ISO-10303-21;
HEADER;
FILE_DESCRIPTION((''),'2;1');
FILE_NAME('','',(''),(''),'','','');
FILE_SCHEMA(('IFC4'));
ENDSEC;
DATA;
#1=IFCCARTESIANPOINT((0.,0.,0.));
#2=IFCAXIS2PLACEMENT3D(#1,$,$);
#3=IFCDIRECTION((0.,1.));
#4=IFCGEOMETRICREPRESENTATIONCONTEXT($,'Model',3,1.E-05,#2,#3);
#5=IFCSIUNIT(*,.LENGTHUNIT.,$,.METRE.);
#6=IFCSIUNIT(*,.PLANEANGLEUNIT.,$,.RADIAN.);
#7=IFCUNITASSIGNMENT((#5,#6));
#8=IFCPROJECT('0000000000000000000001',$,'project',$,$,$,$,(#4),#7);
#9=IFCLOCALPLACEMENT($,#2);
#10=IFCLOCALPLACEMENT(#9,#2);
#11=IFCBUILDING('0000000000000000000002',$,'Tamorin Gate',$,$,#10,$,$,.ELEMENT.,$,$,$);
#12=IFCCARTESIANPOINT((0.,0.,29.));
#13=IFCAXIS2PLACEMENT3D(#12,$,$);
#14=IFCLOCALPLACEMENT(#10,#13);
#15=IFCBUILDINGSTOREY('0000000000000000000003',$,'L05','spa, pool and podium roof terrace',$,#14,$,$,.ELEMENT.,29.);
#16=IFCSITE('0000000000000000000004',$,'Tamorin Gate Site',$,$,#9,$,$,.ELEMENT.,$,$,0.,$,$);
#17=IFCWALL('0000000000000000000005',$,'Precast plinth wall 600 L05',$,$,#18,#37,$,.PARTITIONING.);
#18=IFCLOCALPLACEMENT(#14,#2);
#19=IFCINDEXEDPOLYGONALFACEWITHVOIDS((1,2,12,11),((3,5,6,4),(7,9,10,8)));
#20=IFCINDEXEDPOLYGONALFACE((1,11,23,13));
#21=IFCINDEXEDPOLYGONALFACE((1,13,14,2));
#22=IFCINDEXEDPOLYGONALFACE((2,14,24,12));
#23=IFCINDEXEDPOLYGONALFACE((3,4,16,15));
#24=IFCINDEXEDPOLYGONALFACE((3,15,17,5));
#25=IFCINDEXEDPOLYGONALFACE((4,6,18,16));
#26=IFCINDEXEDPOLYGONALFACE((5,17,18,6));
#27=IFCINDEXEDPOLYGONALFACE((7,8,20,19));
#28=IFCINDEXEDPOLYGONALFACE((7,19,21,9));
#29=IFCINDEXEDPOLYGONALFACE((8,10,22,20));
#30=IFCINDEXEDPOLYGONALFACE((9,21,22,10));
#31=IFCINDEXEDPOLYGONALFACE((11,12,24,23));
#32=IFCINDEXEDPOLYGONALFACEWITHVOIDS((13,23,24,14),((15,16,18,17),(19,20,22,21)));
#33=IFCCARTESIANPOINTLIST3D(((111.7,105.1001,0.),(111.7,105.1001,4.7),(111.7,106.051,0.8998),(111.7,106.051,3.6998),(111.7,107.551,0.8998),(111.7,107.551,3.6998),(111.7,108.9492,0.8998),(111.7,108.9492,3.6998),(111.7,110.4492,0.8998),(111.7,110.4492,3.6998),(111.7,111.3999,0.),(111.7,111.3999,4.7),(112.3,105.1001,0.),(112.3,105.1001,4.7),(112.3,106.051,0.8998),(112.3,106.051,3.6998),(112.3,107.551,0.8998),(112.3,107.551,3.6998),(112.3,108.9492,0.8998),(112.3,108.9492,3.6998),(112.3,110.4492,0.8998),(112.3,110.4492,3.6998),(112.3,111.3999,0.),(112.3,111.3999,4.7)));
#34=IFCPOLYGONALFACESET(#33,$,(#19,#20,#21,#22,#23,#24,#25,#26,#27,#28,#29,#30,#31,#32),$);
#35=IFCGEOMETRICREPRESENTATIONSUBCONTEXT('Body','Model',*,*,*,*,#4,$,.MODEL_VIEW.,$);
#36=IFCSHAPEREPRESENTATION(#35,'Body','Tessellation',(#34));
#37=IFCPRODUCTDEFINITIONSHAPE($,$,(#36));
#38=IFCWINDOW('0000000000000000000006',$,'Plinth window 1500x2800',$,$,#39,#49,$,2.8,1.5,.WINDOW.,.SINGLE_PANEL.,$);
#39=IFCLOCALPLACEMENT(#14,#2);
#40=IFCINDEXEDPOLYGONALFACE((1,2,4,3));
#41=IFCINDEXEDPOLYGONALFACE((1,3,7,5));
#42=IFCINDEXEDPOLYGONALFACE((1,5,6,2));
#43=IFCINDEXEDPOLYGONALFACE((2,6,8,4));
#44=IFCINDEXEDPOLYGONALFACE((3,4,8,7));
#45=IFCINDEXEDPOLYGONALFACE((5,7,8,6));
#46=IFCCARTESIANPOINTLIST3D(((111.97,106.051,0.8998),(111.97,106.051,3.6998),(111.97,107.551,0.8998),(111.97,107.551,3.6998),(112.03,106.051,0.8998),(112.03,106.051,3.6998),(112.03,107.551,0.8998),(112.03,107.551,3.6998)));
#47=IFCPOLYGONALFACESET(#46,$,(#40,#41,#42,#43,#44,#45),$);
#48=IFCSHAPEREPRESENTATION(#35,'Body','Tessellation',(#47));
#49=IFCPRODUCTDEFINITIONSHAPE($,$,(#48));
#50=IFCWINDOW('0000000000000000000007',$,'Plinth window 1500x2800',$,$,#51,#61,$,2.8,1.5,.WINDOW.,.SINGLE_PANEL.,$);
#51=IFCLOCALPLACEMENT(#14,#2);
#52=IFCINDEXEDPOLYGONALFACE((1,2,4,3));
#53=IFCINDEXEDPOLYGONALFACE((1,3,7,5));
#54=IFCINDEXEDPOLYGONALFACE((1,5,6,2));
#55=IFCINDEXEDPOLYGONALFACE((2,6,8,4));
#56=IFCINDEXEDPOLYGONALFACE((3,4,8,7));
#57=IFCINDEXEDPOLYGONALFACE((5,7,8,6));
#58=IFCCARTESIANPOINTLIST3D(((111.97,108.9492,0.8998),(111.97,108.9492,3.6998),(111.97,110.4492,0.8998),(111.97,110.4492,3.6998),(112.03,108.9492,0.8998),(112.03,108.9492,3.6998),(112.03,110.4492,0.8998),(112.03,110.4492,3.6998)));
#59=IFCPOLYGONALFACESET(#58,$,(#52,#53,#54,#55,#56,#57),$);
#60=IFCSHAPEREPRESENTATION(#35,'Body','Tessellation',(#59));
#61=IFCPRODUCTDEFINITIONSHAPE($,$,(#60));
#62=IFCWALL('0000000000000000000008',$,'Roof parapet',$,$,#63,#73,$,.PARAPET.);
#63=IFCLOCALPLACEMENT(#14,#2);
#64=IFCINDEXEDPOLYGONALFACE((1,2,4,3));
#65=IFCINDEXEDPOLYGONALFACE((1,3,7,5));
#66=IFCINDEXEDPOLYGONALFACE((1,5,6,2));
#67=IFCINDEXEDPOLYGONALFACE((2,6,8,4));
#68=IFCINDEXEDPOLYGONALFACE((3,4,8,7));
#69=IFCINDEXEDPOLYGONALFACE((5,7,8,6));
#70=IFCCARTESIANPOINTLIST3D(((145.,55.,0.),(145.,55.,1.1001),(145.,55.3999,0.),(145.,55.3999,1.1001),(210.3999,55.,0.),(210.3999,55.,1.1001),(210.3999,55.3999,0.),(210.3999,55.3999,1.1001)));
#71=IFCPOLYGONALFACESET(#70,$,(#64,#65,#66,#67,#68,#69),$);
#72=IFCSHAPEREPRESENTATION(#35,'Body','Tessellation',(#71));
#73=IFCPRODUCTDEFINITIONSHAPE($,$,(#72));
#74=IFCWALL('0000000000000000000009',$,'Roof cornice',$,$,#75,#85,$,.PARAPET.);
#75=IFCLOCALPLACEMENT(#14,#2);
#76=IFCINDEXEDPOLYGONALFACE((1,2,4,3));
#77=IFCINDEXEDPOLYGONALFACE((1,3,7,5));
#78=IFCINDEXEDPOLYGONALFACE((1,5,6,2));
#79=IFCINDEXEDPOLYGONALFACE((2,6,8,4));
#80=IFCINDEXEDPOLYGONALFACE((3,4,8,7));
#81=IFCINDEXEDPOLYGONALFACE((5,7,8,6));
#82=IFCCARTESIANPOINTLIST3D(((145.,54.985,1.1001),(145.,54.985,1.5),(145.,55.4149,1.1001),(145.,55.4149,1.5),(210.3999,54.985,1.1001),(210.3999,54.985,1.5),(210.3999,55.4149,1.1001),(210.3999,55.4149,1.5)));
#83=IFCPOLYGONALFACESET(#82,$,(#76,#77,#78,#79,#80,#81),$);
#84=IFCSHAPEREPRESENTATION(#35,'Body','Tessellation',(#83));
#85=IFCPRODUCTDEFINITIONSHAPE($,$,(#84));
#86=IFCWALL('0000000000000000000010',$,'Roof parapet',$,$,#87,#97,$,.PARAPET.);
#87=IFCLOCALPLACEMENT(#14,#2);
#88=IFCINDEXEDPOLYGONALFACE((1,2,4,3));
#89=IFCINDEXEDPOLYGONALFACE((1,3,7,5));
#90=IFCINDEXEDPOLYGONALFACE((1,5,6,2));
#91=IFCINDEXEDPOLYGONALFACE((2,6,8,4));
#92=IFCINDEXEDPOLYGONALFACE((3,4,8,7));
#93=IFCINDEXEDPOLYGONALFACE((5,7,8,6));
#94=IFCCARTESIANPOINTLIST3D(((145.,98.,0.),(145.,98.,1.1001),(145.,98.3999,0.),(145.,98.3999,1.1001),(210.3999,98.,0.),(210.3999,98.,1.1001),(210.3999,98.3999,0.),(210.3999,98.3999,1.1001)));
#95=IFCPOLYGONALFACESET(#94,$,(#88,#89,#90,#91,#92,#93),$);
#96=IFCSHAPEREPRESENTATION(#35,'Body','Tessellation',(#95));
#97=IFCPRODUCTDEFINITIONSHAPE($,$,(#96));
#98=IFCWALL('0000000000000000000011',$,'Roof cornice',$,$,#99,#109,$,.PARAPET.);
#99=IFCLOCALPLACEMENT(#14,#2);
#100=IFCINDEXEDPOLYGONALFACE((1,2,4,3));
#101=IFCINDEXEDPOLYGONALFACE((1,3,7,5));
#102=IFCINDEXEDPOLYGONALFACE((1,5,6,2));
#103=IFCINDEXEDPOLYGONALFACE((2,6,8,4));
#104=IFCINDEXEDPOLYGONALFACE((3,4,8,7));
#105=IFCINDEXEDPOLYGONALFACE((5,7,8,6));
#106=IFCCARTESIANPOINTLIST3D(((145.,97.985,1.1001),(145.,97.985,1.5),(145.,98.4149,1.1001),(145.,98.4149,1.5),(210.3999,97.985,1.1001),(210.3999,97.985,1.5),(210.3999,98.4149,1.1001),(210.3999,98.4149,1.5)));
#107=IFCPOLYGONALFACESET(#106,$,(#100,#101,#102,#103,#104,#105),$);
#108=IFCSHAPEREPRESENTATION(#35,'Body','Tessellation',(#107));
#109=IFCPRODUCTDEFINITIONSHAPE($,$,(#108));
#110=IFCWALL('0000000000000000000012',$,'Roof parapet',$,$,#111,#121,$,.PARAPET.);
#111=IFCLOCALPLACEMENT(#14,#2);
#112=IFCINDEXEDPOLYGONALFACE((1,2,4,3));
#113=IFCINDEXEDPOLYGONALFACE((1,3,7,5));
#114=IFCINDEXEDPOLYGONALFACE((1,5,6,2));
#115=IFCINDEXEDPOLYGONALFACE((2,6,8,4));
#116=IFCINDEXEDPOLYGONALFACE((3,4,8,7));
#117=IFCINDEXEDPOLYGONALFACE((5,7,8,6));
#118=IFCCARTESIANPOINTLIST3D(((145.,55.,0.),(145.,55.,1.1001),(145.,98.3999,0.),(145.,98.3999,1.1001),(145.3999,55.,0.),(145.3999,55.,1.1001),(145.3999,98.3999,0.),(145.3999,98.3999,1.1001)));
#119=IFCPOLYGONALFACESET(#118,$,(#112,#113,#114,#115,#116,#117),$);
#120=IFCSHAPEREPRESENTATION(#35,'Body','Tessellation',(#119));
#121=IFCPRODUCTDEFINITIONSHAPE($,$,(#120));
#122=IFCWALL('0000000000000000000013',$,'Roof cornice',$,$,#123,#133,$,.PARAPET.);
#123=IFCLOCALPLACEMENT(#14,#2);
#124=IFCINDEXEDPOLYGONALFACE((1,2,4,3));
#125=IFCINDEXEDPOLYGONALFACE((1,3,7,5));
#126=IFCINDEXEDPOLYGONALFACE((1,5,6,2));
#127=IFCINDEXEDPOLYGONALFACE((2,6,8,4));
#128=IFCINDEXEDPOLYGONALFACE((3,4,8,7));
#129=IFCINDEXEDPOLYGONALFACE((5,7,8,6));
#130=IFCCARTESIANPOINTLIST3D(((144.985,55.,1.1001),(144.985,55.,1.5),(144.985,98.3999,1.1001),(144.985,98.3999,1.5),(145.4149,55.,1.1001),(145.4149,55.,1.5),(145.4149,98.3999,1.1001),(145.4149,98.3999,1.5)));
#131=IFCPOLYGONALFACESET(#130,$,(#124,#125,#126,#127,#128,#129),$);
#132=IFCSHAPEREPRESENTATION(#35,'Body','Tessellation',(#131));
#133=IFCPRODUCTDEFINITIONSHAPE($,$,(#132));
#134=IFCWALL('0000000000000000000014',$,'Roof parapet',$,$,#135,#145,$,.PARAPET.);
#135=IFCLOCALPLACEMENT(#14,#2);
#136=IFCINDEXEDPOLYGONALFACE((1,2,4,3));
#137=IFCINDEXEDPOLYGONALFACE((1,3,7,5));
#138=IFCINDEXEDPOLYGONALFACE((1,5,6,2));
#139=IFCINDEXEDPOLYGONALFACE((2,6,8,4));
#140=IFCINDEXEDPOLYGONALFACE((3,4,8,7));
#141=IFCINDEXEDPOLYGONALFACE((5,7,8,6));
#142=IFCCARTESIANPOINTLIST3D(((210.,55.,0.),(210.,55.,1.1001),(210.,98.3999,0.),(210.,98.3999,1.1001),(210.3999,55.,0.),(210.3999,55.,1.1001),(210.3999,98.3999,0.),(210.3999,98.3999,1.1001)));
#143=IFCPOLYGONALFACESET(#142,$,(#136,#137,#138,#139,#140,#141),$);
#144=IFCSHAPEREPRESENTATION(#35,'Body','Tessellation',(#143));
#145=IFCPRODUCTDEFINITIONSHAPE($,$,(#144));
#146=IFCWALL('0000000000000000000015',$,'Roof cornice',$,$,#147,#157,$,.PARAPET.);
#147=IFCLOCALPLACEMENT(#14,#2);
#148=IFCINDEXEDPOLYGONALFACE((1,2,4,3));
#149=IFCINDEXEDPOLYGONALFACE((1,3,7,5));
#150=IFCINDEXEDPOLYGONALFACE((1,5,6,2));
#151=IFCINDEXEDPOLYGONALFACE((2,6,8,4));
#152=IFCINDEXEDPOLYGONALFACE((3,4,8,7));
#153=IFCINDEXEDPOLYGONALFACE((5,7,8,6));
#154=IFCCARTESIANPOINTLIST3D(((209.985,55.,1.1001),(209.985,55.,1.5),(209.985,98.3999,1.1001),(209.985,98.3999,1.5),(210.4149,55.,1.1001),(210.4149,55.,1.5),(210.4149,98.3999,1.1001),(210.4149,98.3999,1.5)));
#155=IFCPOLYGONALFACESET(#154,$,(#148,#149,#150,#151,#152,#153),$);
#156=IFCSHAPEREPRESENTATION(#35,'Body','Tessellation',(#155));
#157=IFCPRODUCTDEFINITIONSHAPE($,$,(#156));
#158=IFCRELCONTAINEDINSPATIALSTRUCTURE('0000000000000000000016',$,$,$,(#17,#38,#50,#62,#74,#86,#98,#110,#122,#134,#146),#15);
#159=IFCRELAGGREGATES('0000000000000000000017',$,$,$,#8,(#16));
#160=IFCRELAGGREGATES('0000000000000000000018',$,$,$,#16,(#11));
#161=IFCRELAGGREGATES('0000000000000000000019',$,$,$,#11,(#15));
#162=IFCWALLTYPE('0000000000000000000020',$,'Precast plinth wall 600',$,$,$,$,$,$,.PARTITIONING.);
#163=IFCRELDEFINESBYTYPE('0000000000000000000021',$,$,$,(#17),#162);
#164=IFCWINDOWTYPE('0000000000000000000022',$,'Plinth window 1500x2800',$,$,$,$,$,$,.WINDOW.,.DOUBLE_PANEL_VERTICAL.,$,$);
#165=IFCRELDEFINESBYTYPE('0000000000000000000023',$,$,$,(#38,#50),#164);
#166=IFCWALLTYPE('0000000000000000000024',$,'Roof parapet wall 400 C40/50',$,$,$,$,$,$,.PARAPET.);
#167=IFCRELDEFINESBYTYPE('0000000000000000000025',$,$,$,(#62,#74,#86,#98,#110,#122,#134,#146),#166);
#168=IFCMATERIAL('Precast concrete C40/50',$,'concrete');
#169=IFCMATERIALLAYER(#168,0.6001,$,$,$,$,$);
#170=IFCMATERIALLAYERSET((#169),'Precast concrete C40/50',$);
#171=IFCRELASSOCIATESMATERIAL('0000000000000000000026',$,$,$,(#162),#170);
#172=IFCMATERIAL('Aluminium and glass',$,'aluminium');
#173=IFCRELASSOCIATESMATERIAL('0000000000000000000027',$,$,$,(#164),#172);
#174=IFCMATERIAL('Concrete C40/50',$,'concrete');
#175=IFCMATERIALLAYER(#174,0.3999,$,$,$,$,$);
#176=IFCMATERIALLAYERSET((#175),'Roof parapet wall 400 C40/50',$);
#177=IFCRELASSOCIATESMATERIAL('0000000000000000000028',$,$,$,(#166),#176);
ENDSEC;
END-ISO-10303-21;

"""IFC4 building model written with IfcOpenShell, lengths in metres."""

from ifc_helpers import new_model, si_unit, direction, frame, frame_2d, origin, place, context, subcontext, project, spatial, rectangle, extrude, material, layer, layer_set, type_object, element, fill, save


model = new_model("IFC4")

# Units and contexts
model_context = context("Model", 3, precision=1e-05, world=origin(), true_north=direction((0.0, 1.0)))
body_context = subcontext(model_context, "Body", "Model", "MODEL_VIEW")
ifc_project = project(units=[si_unit("LENGTHUNIT", "METRE"), si_unit("PLANEANGLEUNIT", "RADIAN")], contexts=[model_context])

# Site, building, storey
site_placement = place(None, origin())
site = spatial("IfcSite", under=ifc_project, at=site_placement, Name="Tamorin Gate Site", CompositionType="ELEMENT", RefElevation=0.0)
building_placement = place(site_placement, origin())
building = spatial("IfcBuilding", under=site, at=building_placement, Name="Tamorin Gate", CompositionType="ELEMENT")
storey_placement = place(building_placement, frame((0.0, 0.0, 29.0)))
storey = spatial("IfcBuildingStorey", under=building, at=storey_placement, Name="L05", Description="spa, pool and podium roof terrace", CompositionType="ELEMENT", Elevation=29.0)

# Shared definitions
ifc_material_1 = material(Name="Concrete C40/50", Category="concrete")
ifc_material_2 = material(Name="Precast concrete C40/50", Category="concrete")
ifc_layer_1 = layer(ifc_material_2, 0.6001)
ifc_layer_set_1 = layer_set([ifc_layer_1], Name="Precast concrete C40/50")
wall_type_1 = type_object("IfcWallType", Name="Precast plinth wall 600", PredefinedType="PARTITIONING", material=ifc_layer_set_1)

# Shared definitions
ifc_material_3 = material(Name="Aluminium and glass", Category="aluminium")
window_type = type_object("IfcWindowType", Name="Plinth window 1500x2800", PartitioningType="DOUBLE_PANEL_VERTICAL", PredefinedType="WINDOW", material=ifc_material_3)

# Wall, openings, windows
wall_1_placement = place(storey_placement, frame((112.0, 105.1001, 0.0), z_axis=(0.0, 0.0, 1.0), x_axis=(0.0, 1.0, 0.0)))
wall_1 = element("IfcWall", 1, at=wall_1_placement, inside=storey, type_object=wall_type_1, Name="Precast plinth wall 600 L05", PredefinedType="PARTITIONING", context=body_context, shape_type="SweptSolid", body=[
    extrude(rectangle(XDim=6.2998, YDim=0.6001, at=frame_2d((3.1499, 0.0))), origin(), (0.0, 0.0, 1.0), 4.7),
])
opening_1_placement = place(wall_1_placement, frame((0.9509, 0.0, 0.8999)))
opening_1 = element("IfcOpeningElement", 2, at=opening_1_placement, cuts=wall_1, PredefinedType="OPENING", context=body_context, shape_type="SweptSolid", body=[
    extrude(rectangle(XDim=1.5, YDim=2.8, at=frame_2d((0.75, 1.3999))), frame((0.0, 0.3101, 0.0), z_axis=(0.0, -1.0, 0.0), x_axis=(1.0, 0.0, 0.0)), (0.0, 0.0, 1.0), 0.6201),
])
opening_2_placement = place(wall_1_placement, frame((3.8491, 0.0, 0.8999)))
opening_2 = element("IfcOpeningElement", 3, at=opening_2_placement, cuts=wall_1, PredefinedType="OPENING", context=body_context, shape_type="SweptSolid", body=[
    extrude(rectangle(XDim=1.5, YDim=2.8, at=frame_2d((0.75, 1.3999))), frame((0.0, 0.3101, 0.0), z_axis=(0.0, -1.0, 0.0), x_axis=(1.0, 0.0, 0.0)), (0.0, 0.0, 1.0), 0.6201),
])
window_1_placement = place(opening_1_placement, origin())
window_1 = element("IfcWindow", 4, at=window_1_placement, inside=storey, type_object=window_type, Name="Plinth window 1500x2800", OverallHeight=2.8, OverallWidth=1.5, PartitioningType="SINGLE_PANEL", PredefinedType="WINDOW", context=body_context, shape_type="SweptSolid", body=[
    extrude(rectangle(XDim=1.5, YDim=2.8, at=frame_2d((0.75, 1.3999))), frame((0.0, 0.03, 0.0), z_axis=(0.0, -1.0, 0.0), x_axis=(1.0, 0.0, 0.0)), (0.0, 0.0, 1.0), 0.0601),
])
fill(opening_1, window_1)
window_2_placement = place(opening_2_placement, origin())
window_2 = element("IfcWindow", 5, at=window_2_placement, inside=storey, type_object=window_type, Name="Plinth window 1500x2800", OverallHeight=2.8, OverallWidth=1.5, PartitioningType="SINGLE_PANEL", PredefinedType="WINDOW", context=body_context, shape_type="SweptSolid", body=[
    extrude(rectangle(XDim=1.5, YDim=2.8, at=frame_2d((0.75, 1.3999))), frame((0.0, 0.03, 0.0), z_axis=(0.0, -1.0, 0.0), x_axis=(1.0, 0.0, 0.0)), (0.0, 0.0, 1.0), 0.0601),
])
fill(opening_2, window_2)

# Walls
ifc_layer_2 = layer(ifc_material_1, 0.3999)
ifc_layer_set_2 = layer_set([ifc_layer_2], Name="Roof parapet wall 400 C40/50")
wall_type_2 = type_object("IfcWallType", Name="Roof parapet wall 400 C40/50", PredefinedType="PARAPET", material=ifc_layer_set_2)
wall_2_placement = place(storey_placement, frame((145.0, 55.2, 0.0), z_axis=(0.0, 0.0, 1.0), x_axis=(1.0, 0.0, 0.0)))
element("IfcWall", 6, at=wall_2_placement, inside=storey, type_object=wall_type_2, Name="Roof parapet", PredefinedType="PARAPET", context=body_context, shape_type="SweptSolid", body=[
    extrude(rectangle(XDim=65.3999, YDim=0.3999, at=frame_2d((32.7, 0.0))), origin(), (0.0, 0.0, 1.0), 1.1001),
])
wall_3_placement = place(storey_placement, frame((145.0, 55.2, 1.1001), z_axis=(0.0, 0.0, 1.0), x_axis=(1.0, 0.0, 0.0)))
element("IfcWall", 7, at=wall_3_placement, inside=storey, type_object=wall_type_2, Name="Roof cornice", PredefinedType="PARAPET", context=body_context, shape_type="SweptSolid", body=[
    extrude(rectangle(XDim=65.3999, YDim=0.4299, at=frame_2d((32.7, 0.0))), origin(), (0.0, 0.0, 1.0), 0.3999),
])
wall_4_placement = place(storey_placement, frame((145.0, 98.2, 0.0), z_axis=(0.0, 0.0, 1.0), x_axis=(1.0, 0.0, 0.0)))
element("IfcWall", 8, at=wall_4_placement, inside=storey, type_object=wall_type_2, Name="Roof parapet", PredefinedType="PARAPET", context=body_context, shape_type="SweptSolid", body=[
    extrude(rectangle(XDim=65.3999, YDim=0.3999, at=frame_2d((32.7, 0.0))), origin(), (0.0, 0.0, 1.0), 1.1001),
])
wall_5_placement = place(storey_placement, frame((145.0, 98.2, 1.1001), z_axis=(0.0, 0.0, 1.0), x_axis=(1.0, 0.0, 0.0)))
element("IfcWall", 9, at=wall_5_placement, inside=storey, type_object=wall_type_2, Name="Roof cornice", PredefinedType="PARAPET", context=body_context, shape_type="SweptSolid", body=[
    extrude(rectangle(XDim=65.3999, YDim=0.4299, at=frame_2d((32.7, 0.0))), origin(), (0.0, 0.0, 1.0), 0.3999),
])
wall_6_placement = place(storey_placement, frame((145.2, 55.0, 0.0), z_axis=(0.0, 0.0, 1.0), x_axis=(0.0, 1.0, 0.0)))
element("IfcWall", 10, at=wall_6_placement, inside=storey, type_object=wall_type_2, Name="Roof parapet", PredefinedType="PARAPET", context=body_context, shape_type="SweptSolid", body=[
    extrude(rectangle(XDim=43.3999, YDim=0.3999, at=frame_2d((21.7, 0.0))), origin(), (0.0, 0.0, 1.0), 1.1001),
])
wall_7_placement = place(storey_placement, frame((145.2, 55.0, 1.1001), z_axis=(0.0, 0.0, 1.0), x_axis=(0.0, 1.0, 0.0)))
element("IfcWall", 11, at=wall_7_placement, inside=storey, type_object=wall_type_2, Name="Roof cornice", PredefinedType="PARAPET", context=body_context, shape_type="SweptSolid", body=[
    extrude(rectangle(XDim=43.3999, YDim=0.4299, at=frame_2d((21.7, 0.0))), origin(), (0.0, 0.0, 1.0), 0.3999),
])
wall_8_placement = place(storey_placement, frame((210.2, 55.0, 0.0), z_axis=(0.0, 0.0, 1.0), x_axis=(0.0, 1.0, 0.0)))
element("IfcWall", 12, at=wall_8_placement, inside=storey, type_object=wall_type_2, Name="Roof parapet", PredefinedType="PARAPET", context=body_context, shape_type="SweptSolid", body=[
    extrude(rectangle(XDim=43.3999, YDim=0.3999, at=frame_2d((21.7, 0.0))), origin(), (0.0, 0.0, 1.0), 1.1001),
])
wall_9_placement = place(storey_placement, frame((210.2, 55.0, 1.1001), z_axis=(0.0, 0.0, 1.0), x_axis=(0.0, 1.0, 0.0)))
element("IfcWall", 13, at=wall_9_placement, inside=storey, type_object=wall_type_2, Name="Roof cornice", PredefinedType="PARAPET", context=body_context, shape_type="SweptSolid", body=[
    extrude(rectangle(XDim=43.3999, YDim=0.4299, at=frame_2d((21.7, 0.0))), origin(), (0.0, 0.0, 1.0), 0.3999),
])

save(model, "model.ifc")
